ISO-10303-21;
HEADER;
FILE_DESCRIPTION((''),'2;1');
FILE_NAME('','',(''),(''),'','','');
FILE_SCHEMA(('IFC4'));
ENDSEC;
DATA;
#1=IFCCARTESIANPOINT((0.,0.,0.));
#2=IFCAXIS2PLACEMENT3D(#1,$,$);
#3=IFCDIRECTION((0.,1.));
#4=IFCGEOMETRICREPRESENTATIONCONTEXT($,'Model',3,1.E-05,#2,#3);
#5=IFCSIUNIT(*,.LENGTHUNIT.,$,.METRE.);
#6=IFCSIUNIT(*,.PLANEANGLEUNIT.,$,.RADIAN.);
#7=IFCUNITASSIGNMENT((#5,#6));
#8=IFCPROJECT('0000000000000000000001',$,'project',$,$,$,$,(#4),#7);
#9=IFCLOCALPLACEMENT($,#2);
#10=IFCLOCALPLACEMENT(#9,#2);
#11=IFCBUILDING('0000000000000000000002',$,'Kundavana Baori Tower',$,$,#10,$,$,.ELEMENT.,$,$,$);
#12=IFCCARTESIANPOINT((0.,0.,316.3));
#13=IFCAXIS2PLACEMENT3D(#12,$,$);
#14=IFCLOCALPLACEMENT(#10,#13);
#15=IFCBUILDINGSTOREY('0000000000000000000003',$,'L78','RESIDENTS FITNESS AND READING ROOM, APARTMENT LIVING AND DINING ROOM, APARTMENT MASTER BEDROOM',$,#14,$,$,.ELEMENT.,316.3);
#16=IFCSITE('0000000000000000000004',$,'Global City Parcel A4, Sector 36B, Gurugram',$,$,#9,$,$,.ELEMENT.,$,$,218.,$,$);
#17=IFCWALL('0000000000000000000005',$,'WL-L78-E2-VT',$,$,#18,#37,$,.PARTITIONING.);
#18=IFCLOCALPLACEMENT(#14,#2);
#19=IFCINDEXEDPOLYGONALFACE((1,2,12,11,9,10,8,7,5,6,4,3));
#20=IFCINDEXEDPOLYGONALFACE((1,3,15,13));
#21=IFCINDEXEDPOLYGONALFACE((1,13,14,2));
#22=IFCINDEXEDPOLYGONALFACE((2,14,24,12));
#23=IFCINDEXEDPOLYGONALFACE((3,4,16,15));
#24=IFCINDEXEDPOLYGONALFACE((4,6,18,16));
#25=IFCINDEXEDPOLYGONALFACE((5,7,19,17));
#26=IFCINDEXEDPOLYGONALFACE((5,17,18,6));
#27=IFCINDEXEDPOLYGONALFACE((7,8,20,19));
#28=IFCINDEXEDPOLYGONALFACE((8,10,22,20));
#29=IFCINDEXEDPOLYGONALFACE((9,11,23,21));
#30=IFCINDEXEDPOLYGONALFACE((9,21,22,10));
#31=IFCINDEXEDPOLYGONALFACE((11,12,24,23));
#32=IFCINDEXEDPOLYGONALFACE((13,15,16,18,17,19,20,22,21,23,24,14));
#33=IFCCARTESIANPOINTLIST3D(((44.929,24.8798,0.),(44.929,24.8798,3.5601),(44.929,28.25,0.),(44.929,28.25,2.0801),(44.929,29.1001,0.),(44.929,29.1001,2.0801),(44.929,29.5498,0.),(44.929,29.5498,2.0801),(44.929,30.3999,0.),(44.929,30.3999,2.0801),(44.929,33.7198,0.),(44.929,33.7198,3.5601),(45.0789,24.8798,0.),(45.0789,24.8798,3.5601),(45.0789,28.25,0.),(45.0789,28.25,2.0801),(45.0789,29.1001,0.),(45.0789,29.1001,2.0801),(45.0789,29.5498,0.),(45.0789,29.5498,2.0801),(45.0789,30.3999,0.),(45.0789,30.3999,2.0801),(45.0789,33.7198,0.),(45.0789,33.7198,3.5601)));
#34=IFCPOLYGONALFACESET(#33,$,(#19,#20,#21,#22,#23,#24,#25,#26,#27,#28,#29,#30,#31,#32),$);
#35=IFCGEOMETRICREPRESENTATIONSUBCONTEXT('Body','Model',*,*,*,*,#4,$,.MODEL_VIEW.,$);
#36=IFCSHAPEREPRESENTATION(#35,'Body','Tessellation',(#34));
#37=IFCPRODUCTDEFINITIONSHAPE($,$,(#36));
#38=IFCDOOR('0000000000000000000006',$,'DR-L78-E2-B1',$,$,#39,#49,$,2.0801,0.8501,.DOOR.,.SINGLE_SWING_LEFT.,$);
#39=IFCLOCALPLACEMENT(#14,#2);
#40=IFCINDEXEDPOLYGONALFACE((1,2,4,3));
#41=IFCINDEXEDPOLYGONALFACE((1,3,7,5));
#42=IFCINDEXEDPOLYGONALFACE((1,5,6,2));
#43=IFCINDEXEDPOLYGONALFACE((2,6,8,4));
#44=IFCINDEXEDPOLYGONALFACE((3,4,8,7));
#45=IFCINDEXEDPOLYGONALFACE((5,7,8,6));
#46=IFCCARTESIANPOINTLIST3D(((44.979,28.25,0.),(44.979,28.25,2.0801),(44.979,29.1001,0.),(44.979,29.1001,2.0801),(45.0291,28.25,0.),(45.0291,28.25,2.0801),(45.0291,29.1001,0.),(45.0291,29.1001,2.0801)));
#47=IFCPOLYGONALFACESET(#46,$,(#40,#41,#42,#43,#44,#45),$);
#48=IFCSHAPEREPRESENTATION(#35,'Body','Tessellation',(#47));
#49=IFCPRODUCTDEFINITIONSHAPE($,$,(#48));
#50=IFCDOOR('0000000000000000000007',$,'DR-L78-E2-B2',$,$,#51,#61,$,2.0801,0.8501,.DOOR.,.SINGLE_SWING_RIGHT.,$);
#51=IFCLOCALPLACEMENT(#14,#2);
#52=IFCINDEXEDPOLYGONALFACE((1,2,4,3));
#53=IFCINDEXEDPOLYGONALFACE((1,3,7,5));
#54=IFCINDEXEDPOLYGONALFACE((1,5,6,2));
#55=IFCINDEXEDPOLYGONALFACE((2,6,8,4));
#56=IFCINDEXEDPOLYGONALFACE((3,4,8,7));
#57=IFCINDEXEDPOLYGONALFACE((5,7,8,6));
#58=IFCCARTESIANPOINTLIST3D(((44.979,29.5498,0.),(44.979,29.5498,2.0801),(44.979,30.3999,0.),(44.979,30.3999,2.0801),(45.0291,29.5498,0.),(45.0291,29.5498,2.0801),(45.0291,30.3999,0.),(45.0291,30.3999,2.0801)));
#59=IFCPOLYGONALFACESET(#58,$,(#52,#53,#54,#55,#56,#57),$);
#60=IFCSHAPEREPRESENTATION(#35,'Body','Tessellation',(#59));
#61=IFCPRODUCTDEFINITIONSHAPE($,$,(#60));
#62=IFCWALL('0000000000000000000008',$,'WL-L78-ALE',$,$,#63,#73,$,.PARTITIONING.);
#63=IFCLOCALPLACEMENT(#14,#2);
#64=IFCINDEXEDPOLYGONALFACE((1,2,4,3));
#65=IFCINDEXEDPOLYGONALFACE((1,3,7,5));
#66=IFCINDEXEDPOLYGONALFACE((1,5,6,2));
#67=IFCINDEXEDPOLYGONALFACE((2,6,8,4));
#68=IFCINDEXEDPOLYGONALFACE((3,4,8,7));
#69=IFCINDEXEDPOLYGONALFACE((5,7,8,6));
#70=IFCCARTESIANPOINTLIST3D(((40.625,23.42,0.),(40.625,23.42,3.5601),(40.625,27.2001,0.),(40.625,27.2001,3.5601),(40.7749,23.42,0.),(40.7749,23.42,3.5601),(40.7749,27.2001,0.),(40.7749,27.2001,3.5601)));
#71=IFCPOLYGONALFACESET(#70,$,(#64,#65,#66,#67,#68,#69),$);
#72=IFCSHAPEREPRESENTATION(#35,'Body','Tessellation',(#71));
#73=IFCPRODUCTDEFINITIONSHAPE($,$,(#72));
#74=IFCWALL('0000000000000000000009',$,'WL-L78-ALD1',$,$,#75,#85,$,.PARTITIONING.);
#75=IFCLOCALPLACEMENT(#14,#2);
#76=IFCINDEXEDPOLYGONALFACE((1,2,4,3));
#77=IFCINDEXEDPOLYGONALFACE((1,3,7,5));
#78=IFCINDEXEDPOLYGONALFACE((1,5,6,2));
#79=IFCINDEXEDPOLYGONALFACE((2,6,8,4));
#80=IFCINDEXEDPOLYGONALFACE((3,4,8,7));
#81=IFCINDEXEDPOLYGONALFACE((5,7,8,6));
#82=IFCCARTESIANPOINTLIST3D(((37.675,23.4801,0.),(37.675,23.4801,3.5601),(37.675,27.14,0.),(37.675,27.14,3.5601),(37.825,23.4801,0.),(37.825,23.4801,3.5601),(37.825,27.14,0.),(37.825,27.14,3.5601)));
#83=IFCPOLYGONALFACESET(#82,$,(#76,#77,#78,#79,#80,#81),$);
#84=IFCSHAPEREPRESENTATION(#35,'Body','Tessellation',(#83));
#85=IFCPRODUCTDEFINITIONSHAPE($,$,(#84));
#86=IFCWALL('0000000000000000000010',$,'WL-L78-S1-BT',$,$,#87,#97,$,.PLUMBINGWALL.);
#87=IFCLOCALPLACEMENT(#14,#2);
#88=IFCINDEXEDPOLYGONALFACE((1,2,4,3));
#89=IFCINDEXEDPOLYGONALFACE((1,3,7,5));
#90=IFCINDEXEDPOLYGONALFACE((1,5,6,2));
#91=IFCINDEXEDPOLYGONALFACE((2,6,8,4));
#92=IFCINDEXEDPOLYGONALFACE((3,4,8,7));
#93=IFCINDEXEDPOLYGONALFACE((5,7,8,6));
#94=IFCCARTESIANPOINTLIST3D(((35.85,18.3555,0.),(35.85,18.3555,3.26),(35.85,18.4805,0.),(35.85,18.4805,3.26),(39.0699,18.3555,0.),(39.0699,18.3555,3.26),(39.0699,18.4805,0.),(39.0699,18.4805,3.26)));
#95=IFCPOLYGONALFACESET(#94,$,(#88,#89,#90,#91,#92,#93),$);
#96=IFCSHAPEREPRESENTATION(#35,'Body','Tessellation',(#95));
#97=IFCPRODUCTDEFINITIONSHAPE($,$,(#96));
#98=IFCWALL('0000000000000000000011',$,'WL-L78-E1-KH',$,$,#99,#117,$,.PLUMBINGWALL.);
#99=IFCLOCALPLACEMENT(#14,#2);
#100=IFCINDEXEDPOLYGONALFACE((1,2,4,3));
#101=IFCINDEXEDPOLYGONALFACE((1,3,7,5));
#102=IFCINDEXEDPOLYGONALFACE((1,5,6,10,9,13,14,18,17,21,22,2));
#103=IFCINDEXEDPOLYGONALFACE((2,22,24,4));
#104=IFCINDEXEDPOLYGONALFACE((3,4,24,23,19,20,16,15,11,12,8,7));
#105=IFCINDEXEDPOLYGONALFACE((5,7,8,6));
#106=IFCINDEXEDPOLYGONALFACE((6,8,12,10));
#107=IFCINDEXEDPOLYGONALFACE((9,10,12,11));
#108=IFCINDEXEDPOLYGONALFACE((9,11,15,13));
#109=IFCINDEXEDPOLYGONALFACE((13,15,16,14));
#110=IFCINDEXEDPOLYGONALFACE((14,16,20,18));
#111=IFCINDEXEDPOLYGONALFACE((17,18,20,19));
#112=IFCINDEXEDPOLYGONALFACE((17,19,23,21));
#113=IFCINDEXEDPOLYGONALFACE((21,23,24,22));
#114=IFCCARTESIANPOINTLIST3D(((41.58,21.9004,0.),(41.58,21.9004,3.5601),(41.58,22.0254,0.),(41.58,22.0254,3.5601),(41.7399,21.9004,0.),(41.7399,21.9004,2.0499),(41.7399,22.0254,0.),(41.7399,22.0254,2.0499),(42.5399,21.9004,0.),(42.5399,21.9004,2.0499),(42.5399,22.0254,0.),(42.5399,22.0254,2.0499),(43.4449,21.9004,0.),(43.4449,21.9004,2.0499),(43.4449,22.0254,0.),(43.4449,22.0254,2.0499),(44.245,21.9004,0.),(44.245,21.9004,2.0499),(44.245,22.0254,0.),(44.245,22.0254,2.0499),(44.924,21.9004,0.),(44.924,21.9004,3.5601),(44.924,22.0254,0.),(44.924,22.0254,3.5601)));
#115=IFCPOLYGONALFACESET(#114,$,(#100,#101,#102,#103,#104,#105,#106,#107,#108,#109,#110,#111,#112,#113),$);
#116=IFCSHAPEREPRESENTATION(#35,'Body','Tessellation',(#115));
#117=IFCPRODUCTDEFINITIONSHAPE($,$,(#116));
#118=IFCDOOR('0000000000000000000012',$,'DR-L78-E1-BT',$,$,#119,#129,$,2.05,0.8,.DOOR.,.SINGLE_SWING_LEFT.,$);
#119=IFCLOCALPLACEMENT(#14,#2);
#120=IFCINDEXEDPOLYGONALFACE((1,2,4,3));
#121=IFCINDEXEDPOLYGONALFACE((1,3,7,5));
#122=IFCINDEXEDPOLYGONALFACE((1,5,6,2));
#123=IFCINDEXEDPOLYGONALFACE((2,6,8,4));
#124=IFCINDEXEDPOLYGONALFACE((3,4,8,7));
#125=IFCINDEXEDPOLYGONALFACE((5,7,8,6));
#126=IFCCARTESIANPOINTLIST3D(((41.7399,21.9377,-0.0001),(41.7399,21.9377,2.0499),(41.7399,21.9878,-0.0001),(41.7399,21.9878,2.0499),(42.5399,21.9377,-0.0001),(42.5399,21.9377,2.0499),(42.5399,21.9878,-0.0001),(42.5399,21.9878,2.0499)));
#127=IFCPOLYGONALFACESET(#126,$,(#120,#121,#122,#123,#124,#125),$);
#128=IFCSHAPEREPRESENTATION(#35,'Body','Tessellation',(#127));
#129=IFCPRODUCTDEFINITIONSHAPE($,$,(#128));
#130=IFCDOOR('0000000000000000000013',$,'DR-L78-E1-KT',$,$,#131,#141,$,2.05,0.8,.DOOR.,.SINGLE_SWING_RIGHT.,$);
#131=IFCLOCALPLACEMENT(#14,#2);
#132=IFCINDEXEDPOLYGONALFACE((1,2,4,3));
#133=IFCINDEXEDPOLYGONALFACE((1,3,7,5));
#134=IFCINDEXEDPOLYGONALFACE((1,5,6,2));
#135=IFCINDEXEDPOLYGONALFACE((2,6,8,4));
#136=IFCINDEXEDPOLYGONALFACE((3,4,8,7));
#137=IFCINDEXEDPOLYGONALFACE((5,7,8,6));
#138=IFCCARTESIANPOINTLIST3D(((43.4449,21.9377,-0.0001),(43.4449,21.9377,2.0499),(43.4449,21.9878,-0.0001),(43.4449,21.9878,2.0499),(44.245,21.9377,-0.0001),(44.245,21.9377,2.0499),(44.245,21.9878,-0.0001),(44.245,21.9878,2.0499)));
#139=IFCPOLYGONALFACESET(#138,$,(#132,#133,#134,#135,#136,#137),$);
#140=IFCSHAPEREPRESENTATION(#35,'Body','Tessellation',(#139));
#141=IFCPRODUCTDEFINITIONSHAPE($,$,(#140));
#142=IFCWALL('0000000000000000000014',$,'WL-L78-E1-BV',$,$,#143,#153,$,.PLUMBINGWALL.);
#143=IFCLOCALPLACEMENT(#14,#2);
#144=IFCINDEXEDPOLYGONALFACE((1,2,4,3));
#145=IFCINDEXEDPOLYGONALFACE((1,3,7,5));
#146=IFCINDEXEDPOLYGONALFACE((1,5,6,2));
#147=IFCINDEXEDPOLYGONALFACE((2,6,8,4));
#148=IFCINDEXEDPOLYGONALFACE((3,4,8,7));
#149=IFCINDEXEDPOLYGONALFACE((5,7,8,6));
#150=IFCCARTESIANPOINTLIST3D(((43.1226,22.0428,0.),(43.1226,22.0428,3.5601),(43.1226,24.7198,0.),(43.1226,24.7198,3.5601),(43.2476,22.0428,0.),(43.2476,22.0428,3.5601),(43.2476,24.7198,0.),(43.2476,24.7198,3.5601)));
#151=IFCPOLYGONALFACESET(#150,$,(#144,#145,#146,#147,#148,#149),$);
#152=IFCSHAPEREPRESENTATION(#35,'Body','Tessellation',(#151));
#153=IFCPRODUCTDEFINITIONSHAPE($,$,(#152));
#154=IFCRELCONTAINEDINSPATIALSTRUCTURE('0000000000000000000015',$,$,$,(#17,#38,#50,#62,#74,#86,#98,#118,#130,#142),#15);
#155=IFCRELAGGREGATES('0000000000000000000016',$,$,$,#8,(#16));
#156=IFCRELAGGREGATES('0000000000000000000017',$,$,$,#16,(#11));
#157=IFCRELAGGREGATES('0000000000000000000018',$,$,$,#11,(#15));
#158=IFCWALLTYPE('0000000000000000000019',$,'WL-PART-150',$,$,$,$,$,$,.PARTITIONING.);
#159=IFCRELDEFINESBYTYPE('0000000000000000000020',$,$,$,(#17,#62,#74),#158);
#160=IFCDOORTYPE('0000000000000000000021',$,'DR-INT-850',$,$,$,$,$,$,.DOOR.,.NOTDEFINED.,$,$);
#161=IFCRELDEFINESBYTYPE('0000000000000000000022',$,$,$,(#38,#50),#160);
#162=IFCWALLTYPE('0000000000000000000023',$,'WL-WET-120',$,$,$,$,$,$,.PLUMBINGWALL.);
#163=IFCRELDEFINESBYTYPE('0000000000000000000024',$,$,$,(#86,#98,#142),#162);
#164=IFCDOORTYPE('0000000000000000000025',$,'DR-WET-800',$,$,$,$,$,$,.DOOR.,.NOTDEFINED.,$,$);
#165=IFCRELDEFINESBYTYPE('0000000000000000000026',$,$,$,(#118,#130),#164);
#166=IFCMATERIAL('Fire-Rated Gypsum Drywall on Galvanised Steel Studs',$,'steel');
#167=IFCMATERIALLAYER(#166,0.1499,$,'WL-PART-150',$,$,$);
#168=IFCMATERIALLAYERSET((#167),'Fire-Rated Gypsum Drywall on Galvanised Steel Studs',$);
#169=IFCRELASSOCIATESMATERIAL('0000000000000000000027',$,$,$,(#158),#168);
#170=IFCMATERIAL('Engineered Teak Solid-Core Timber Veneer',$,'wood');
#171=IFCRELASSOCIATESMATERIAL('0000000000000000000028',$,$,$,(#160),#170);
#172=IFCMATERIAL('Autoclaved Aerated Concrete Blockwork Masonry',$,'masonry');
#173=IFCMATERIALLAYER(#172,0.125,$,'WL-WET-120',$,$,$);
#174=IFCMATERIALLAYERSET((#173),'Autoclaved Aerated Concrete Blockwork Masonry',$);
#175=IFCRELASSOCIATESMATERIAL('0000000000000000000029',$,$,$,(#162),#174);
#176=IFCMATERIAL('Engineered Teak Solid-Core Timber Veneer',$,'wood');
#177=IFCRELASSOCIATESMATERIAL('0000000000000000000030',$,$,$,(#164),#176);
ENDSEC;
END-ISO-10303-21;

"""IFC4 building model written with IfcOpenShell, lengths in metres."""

from ifc_helpers import new_model, si_unit, direction, frame, frame_2d, origin, place, context, subcontext, project, spatial, rectangle, extrude, material, layer, layer_set, type_object, element, fill, save


model = new_model("IFC4")

# Units and contexts
model_context = context("Model", 3, precision=1e-05, world=origin(), true_north=direction((0.0, 1.0)))
body_context = subcontext(model_context, "Body", "Model", "MODEL_VIEW")
ifc_project = project(units=[si_unit("LENGTHUNIT", "METRE"), si_unit("PLANEANGLEUNIT", "RADIAN")], contexts=[model_context])

# Site, building, storey
site_placement = place(None, origin())
site = spatial("IfcSite", under=ifc_project, at=site_placement, Name="Global City Parcel A4, Sector 36B, Gurugram", CompositionType="ELEMENT", RefElevation=218.0)
building_placement = place(site_placement, origin())
building = spatial("IfcBuilding", under=site, at=building_placement, Name="Kundavana Baori Tower", CompositionType="ELEMENT")
storey_placement = place(building_placement, frame((0.0, 0.0, 316.3)))
storey = spatial("IfcBuildingStorey", under=building, at=storey_placement, Name="L78", Description="RESIDENTS FITNESS AND READING ROOM, APARTMENT LIVING AND DINING ROOM, APARTMENT MASTER BEDROOM", CompositionType="ELEMENT", Elevation=316.3)

# Shared definitions
ifc_material_1 = material(Name="Fire-Rated Gypsum Drywall on Galvanised Steel Studs", Category="steel")
ifc_layer_1 = layer(ifc_material_1, 0.1499, Name="WL-PART-150")
ifc_layer_set_1 = layer_set([ifc_layer_1], Name="Fire-Rated Gypsum Drywall on Galvanised Steel Studs")
wall_type_1 = type_object("IfcWallType", Name="WL-PART-150", PredefinedType="PARTITIONING", material=ifc_layer_set_1)

# Wall, openings, doors
wall_1_placement = place(storey_placement, frame((45.0039, 24.8799, 0.0), z_axis=(0.0, 0.0, 1.0), x_axis=(0.0, 1.0, 0.0)))
wall_1 = element("IfcWall", 1, at=wall_1_placement, inside=storey, type_object=wall_type_1, Name="WL-L78-E2-VT", PredefinedType="PARTITIONING", context=body_context, shape_type="SweptSolid", body=[
    extrude(rectangle(XDim=8.8401, YDim=0.1499, at=frame_2d((4.4199, 0.0))), origin(), (0.0, 0.0, 1.0), 3.5601),
])
opening_1_placement = place(wall_1_placement, frame((3.3701, 0.0, 0.0)))
opening_1 = element("IfcOpeningElement", 2, at=opening_1_placement, cuts=wall_1, PredefinedType="OPENING", context=body_context, shape_type="SweptSolid", body=[
    extrude(rectangle(XDim=0.8501, YDim=2.0801, at=frame_2d((0.425, 1.04))), frame((0.0, 0.085, 0.0), z_axis=(0.0, -1.0, 0.0), x_axis=(1.0, 0.0, 0.0)), (0.0, 0.0, 1.0), 0.1699),
])
opening_2_placement = place(wall_1_placement, frame((4.6699, 0.0, 0.0)))
opening_2 = element("IfcOpeningElement", 3, at=opening_2_placement, cuts=wall_1, PredefinedType="OPENING", context=body_context, shape_type="SweptSolid", body=[
    extrude(rectangle(XDim=0.8501, YDim=2.0801, at=frame_2d((0.425, 1.04))), frame((0.0, 0.085, 0.0), z_axis=(0.0, -1.0, 0.0), x_axis=(1.0, 0.0, 0.0)), (0.0, 0.0, 1.0), 0.1699),
])
ifc_material_2 = material(Name="Engineered Teak Solid-Core Timber Veneer", Category="wood")
door_type_1 = type_object("IfcDoorType", Name="DR-INT-850", OperationType="NOTDEFINED", PredefinedType="DOOR", material=ifc_material_2)
door_1_placement = place(opening_1_placement, origin())
door_1 = element("IfcDoor", 4, at=door_1_placement, inside=storey, type_object=door_type_1, Name="DR-L78-E2-B1", OperationType="SINGLE_SWING_LEFT", OverallHeight=2.0801, OverallWidth=0.8501, PredefinedType="DOOR", context=body_context, shape_type="SweptSolid", body=[
    extrude(rectangle(XDim=0.8501, YDim=2.0801, at=frame_2d((0.425, 1.04))), frame((0.0, 0.0249, 0.0), z_axis=(0.0, -1.0, 0.0), x_axis=(1.0, 0.0, 0.0)), (0.0, 0.0, 1.0), 0.05),
])
fill(opening_1, door_1)
door_2_placement = place(opening_2_placement, origin())
door_2 = element("IfcDoor", 5, at=door_2_placement, inside=storey, type_object=door_type_1, Name="DR-L78-E2-B2", OperationType="SINGLE_SWING_RIGHT", OverallHeight=2.0801, OverallWidth=0.8501, PredefinedType="DOOR", context=body_context, shape_type="SweptSolid", body=[
    extrude(rectangle(XDim=0.8501, YDim=2.0801, at=frame_2d((0.425, 1.04))), frame((0.0, 0.0249, 0.0), z_axis=(0.0, -1.0, 0.0), x_axis=(1.0, 0.0, 0.0)), (0.0, 0.0, 1.0), 0.05),
])
fill(opening_2, door_2)

# Walls
wall_2_placement = place(storey_placement, frame((40.7, 23.4199, 0.0), z_axis=(0.0, 0.0, 1.0), x_axis=(0.0, 1.0, 0.0)))
element("IfcWall", 6, at=wall_2_placement, inside=storey, type_object=wall_type_1, Name="WL-L78-ALE", PredefinedType="PARTITIONING", context=body_context, shape_type="SweptSolid", body=[
    extrude(rectangle(XDim=3.78, YDim=0.1499, at=frame_2d((1.8901, 0.0))), origin(), (0.0, 0.0, 1.0), 3.5601),
])
wall_3_placement = place(storey_placement, frame((37.75, 23.48, 0.0), z_axis=(0.0, 0.0, 1.0), x_axis=(0.0, 1.0, 0.0)))
element("IfcWall", 7, at=wall_3_placement, inside=storey, type_object=wall_type_1, Name="WL-L78-ALD1", PredefinedType="PARTITIONING", context=body_context, shape_type="SweptSolid", body=[
    extrude(rectangle(XDim=3.6599, YDim=0.1499, at=frame_2d((1.8301, 0.0))), origin(), (0.0, 0.0, 1.0), 3.5601),
])
ifc_material_3 = material(Name="Autoclaved Aerated Concrete Blockwork Masonry", Category="masonry")
ifc_layer_2 = layer(ifc_material_3, 0.125, Name="WL-WET-120")
ifc_layer_set_2 = layer_set([ifc_layer_2], Name="Autoclaved Aerated Concrete Blockwork Masonry")
wall_type_2 = type_object("IfcWallType", Name="WL-WET-120", PredefinedType="PLUMBINGWALL", material=ifc_layer_set_2)
wall_4_placement = place(storey_placement, frame((35.8501, 18.418, 0.0), z_axis=(0.0, 0.0, 1.0), x_axis=(1.0, 0.0, 0.0)))
element("IfcWall", 8, at=wall_4_placement, inside=storey, type_object=wall_type_2, Name="WL-L78-S1-BT", PredefinedType="PLUMBINGWALL", context=body_context, shape_type="SweptSolid", body=[
    extrude(rectangle(XDim=3.22, YDim=0.125, at=frame_2d((1.6099, 0.0))), origin(), (0.0, 0.0, 1.0), 3.26),
])

# Wall, openings, doors
wall_5_placement = place(storey_placement, frame((41.5801, 21.9629, 0.0), z_axis=(0.0, 0.0, 1.0), x_axis=(1.0, 0.0, 0.0)))
wall_5 = element("IfcWall", 9, at=wall_5_placement, inside=storey, type_object=wall_type_2, Name="WL-L78-E1-KH", PredefinedType="PLUMBINGWALL", context=body_context, shape_type="SweptSolid", body=[
    extrude(rectangle(XDim=3.344, YDim=0.125, at=frame_2d((1.6719, 0.0))), origin(), (0.0, 0.0, 1.0), 3.5601),
])
opening_3_placement = place(wall_5_placement, frame((0.1599, 0.0, 0.0)))
opening_3 = element("IfcOpeningElement", 10, at=opening_3_placement, cuts=wall_5, PredefinedType="OPENING", context=body_context, shape_type="SweptSolid", body=[
    extrude(rectangle(XDim=0.8, YDim=2.05, at=frame_2d((0.3999, 1.0249))), frame((0.0, 0.0725, 0.0), z_axis=(0.0, -1.0, 0.0), x_axis=(1.0, 0.0, 0.0)), (0.0, 0.0, 1.0), 0.145),
])
opening_4_placement = place(wall_5_placement, frame((1.865, 0.0, 0.0)))
opening_4 = element("IfcOpeningElement", 11, at=opening_4_placement, cuts=wall_5, PredefinedType="OPENING", context=body_context, shape_type="SweptSolid", body=[
    extrude(rectangle(XDim=0.8, YDim=2.05, at=frame_2d((0.3999, 1.0249))), frame((0.0, 0.0725, 0.0), z_axis=(0.0, -1.0, 0.0), x_axis=(1.0, 0.0, 0.0)), (0.0, 0.0, 1.0), 0.145),
])
ifc_material_4 = material(Name="Engineered Teak Solid-Core Timber Veneer", Category="wood")
door_type_2 = type_object("IfcDoorType", Name="DR-WET-800", OperationType="NOTDEFINED", PredefinedType="DOOR", material=ifc_material_4)
door_3_placement = place(opening_3_placement, origin())
door_3 = element("IfcDoor", 12, at=door_3_placement, inside=storey, type_object=door_type_2, Name="DR-L78-E1-BT", OperationType="SINGLE_SWING_LEFT", OverallHeight=2.05, OverallWidth=0.8, PredefinedType="DOOR", context=body_context, shape_type="SweptSolid", body=[
    extrude(rectangle(XDim=0.8, YDim=2.05, at=frame_2d((0.3999, 1.0249))), frame((0.0, 0.0249, 0.0), z_axis=(0.0, -1.0, 0.0), x_axis=(1.0, 0.0, 0.0)), (0.0, 0.0, 1.0), 0.05),
])
fill(opening_3, door_3)
door_4_placement = place(opening_4_placement, origin())
door_4 = element("IfcDoor", 13, at=door_4_placement, inside=storey, type_object=door_type_2, Name="DR-L78-E1-KT", OperationType="SINGLE_SWING_RIGHT", OverallHeight=2.05, OverallWidth=0.8, PredefinedType="DOOR", context=body_context, shape_type="SweptSolid", body=[
    extrude(rectangle(XDim=0.8, YDim=2.05, at=frame_2d((0.3999, 1.0249))), frame((0.0, 0.0249, 0.0), z_axis=(0.0, -1.0, 0.0), x_axis=(1.0, 0.0, 0.0)), (0.0, 0.0, 1.0), 0.05),
])
fill(opening_4, door_4)

# Wall
wall_6_placement = place(storey_placement, frame((43.1851, 22.043, 0.0), z_axis=(0.0, 0.0, 1.0), x_axis=(0.0, 1.0, 0.0)))
element("IfcWall", 14, at=wall_6_placement, inside=storey, type_object=wall_type_2, Name="WL-L78-E1-BV", PredefinedType="PLUMBINGWALL", context=body_context, shape_type="SweptSolid", body=[
    extrude(rectangle(XDim=2.677, YDim=0.125, at=frame_2d((1.3384, 0.0))), origin(), (0.0, 0.0, 1.0), 3.5601),
])

save(model, "model.ifc")
